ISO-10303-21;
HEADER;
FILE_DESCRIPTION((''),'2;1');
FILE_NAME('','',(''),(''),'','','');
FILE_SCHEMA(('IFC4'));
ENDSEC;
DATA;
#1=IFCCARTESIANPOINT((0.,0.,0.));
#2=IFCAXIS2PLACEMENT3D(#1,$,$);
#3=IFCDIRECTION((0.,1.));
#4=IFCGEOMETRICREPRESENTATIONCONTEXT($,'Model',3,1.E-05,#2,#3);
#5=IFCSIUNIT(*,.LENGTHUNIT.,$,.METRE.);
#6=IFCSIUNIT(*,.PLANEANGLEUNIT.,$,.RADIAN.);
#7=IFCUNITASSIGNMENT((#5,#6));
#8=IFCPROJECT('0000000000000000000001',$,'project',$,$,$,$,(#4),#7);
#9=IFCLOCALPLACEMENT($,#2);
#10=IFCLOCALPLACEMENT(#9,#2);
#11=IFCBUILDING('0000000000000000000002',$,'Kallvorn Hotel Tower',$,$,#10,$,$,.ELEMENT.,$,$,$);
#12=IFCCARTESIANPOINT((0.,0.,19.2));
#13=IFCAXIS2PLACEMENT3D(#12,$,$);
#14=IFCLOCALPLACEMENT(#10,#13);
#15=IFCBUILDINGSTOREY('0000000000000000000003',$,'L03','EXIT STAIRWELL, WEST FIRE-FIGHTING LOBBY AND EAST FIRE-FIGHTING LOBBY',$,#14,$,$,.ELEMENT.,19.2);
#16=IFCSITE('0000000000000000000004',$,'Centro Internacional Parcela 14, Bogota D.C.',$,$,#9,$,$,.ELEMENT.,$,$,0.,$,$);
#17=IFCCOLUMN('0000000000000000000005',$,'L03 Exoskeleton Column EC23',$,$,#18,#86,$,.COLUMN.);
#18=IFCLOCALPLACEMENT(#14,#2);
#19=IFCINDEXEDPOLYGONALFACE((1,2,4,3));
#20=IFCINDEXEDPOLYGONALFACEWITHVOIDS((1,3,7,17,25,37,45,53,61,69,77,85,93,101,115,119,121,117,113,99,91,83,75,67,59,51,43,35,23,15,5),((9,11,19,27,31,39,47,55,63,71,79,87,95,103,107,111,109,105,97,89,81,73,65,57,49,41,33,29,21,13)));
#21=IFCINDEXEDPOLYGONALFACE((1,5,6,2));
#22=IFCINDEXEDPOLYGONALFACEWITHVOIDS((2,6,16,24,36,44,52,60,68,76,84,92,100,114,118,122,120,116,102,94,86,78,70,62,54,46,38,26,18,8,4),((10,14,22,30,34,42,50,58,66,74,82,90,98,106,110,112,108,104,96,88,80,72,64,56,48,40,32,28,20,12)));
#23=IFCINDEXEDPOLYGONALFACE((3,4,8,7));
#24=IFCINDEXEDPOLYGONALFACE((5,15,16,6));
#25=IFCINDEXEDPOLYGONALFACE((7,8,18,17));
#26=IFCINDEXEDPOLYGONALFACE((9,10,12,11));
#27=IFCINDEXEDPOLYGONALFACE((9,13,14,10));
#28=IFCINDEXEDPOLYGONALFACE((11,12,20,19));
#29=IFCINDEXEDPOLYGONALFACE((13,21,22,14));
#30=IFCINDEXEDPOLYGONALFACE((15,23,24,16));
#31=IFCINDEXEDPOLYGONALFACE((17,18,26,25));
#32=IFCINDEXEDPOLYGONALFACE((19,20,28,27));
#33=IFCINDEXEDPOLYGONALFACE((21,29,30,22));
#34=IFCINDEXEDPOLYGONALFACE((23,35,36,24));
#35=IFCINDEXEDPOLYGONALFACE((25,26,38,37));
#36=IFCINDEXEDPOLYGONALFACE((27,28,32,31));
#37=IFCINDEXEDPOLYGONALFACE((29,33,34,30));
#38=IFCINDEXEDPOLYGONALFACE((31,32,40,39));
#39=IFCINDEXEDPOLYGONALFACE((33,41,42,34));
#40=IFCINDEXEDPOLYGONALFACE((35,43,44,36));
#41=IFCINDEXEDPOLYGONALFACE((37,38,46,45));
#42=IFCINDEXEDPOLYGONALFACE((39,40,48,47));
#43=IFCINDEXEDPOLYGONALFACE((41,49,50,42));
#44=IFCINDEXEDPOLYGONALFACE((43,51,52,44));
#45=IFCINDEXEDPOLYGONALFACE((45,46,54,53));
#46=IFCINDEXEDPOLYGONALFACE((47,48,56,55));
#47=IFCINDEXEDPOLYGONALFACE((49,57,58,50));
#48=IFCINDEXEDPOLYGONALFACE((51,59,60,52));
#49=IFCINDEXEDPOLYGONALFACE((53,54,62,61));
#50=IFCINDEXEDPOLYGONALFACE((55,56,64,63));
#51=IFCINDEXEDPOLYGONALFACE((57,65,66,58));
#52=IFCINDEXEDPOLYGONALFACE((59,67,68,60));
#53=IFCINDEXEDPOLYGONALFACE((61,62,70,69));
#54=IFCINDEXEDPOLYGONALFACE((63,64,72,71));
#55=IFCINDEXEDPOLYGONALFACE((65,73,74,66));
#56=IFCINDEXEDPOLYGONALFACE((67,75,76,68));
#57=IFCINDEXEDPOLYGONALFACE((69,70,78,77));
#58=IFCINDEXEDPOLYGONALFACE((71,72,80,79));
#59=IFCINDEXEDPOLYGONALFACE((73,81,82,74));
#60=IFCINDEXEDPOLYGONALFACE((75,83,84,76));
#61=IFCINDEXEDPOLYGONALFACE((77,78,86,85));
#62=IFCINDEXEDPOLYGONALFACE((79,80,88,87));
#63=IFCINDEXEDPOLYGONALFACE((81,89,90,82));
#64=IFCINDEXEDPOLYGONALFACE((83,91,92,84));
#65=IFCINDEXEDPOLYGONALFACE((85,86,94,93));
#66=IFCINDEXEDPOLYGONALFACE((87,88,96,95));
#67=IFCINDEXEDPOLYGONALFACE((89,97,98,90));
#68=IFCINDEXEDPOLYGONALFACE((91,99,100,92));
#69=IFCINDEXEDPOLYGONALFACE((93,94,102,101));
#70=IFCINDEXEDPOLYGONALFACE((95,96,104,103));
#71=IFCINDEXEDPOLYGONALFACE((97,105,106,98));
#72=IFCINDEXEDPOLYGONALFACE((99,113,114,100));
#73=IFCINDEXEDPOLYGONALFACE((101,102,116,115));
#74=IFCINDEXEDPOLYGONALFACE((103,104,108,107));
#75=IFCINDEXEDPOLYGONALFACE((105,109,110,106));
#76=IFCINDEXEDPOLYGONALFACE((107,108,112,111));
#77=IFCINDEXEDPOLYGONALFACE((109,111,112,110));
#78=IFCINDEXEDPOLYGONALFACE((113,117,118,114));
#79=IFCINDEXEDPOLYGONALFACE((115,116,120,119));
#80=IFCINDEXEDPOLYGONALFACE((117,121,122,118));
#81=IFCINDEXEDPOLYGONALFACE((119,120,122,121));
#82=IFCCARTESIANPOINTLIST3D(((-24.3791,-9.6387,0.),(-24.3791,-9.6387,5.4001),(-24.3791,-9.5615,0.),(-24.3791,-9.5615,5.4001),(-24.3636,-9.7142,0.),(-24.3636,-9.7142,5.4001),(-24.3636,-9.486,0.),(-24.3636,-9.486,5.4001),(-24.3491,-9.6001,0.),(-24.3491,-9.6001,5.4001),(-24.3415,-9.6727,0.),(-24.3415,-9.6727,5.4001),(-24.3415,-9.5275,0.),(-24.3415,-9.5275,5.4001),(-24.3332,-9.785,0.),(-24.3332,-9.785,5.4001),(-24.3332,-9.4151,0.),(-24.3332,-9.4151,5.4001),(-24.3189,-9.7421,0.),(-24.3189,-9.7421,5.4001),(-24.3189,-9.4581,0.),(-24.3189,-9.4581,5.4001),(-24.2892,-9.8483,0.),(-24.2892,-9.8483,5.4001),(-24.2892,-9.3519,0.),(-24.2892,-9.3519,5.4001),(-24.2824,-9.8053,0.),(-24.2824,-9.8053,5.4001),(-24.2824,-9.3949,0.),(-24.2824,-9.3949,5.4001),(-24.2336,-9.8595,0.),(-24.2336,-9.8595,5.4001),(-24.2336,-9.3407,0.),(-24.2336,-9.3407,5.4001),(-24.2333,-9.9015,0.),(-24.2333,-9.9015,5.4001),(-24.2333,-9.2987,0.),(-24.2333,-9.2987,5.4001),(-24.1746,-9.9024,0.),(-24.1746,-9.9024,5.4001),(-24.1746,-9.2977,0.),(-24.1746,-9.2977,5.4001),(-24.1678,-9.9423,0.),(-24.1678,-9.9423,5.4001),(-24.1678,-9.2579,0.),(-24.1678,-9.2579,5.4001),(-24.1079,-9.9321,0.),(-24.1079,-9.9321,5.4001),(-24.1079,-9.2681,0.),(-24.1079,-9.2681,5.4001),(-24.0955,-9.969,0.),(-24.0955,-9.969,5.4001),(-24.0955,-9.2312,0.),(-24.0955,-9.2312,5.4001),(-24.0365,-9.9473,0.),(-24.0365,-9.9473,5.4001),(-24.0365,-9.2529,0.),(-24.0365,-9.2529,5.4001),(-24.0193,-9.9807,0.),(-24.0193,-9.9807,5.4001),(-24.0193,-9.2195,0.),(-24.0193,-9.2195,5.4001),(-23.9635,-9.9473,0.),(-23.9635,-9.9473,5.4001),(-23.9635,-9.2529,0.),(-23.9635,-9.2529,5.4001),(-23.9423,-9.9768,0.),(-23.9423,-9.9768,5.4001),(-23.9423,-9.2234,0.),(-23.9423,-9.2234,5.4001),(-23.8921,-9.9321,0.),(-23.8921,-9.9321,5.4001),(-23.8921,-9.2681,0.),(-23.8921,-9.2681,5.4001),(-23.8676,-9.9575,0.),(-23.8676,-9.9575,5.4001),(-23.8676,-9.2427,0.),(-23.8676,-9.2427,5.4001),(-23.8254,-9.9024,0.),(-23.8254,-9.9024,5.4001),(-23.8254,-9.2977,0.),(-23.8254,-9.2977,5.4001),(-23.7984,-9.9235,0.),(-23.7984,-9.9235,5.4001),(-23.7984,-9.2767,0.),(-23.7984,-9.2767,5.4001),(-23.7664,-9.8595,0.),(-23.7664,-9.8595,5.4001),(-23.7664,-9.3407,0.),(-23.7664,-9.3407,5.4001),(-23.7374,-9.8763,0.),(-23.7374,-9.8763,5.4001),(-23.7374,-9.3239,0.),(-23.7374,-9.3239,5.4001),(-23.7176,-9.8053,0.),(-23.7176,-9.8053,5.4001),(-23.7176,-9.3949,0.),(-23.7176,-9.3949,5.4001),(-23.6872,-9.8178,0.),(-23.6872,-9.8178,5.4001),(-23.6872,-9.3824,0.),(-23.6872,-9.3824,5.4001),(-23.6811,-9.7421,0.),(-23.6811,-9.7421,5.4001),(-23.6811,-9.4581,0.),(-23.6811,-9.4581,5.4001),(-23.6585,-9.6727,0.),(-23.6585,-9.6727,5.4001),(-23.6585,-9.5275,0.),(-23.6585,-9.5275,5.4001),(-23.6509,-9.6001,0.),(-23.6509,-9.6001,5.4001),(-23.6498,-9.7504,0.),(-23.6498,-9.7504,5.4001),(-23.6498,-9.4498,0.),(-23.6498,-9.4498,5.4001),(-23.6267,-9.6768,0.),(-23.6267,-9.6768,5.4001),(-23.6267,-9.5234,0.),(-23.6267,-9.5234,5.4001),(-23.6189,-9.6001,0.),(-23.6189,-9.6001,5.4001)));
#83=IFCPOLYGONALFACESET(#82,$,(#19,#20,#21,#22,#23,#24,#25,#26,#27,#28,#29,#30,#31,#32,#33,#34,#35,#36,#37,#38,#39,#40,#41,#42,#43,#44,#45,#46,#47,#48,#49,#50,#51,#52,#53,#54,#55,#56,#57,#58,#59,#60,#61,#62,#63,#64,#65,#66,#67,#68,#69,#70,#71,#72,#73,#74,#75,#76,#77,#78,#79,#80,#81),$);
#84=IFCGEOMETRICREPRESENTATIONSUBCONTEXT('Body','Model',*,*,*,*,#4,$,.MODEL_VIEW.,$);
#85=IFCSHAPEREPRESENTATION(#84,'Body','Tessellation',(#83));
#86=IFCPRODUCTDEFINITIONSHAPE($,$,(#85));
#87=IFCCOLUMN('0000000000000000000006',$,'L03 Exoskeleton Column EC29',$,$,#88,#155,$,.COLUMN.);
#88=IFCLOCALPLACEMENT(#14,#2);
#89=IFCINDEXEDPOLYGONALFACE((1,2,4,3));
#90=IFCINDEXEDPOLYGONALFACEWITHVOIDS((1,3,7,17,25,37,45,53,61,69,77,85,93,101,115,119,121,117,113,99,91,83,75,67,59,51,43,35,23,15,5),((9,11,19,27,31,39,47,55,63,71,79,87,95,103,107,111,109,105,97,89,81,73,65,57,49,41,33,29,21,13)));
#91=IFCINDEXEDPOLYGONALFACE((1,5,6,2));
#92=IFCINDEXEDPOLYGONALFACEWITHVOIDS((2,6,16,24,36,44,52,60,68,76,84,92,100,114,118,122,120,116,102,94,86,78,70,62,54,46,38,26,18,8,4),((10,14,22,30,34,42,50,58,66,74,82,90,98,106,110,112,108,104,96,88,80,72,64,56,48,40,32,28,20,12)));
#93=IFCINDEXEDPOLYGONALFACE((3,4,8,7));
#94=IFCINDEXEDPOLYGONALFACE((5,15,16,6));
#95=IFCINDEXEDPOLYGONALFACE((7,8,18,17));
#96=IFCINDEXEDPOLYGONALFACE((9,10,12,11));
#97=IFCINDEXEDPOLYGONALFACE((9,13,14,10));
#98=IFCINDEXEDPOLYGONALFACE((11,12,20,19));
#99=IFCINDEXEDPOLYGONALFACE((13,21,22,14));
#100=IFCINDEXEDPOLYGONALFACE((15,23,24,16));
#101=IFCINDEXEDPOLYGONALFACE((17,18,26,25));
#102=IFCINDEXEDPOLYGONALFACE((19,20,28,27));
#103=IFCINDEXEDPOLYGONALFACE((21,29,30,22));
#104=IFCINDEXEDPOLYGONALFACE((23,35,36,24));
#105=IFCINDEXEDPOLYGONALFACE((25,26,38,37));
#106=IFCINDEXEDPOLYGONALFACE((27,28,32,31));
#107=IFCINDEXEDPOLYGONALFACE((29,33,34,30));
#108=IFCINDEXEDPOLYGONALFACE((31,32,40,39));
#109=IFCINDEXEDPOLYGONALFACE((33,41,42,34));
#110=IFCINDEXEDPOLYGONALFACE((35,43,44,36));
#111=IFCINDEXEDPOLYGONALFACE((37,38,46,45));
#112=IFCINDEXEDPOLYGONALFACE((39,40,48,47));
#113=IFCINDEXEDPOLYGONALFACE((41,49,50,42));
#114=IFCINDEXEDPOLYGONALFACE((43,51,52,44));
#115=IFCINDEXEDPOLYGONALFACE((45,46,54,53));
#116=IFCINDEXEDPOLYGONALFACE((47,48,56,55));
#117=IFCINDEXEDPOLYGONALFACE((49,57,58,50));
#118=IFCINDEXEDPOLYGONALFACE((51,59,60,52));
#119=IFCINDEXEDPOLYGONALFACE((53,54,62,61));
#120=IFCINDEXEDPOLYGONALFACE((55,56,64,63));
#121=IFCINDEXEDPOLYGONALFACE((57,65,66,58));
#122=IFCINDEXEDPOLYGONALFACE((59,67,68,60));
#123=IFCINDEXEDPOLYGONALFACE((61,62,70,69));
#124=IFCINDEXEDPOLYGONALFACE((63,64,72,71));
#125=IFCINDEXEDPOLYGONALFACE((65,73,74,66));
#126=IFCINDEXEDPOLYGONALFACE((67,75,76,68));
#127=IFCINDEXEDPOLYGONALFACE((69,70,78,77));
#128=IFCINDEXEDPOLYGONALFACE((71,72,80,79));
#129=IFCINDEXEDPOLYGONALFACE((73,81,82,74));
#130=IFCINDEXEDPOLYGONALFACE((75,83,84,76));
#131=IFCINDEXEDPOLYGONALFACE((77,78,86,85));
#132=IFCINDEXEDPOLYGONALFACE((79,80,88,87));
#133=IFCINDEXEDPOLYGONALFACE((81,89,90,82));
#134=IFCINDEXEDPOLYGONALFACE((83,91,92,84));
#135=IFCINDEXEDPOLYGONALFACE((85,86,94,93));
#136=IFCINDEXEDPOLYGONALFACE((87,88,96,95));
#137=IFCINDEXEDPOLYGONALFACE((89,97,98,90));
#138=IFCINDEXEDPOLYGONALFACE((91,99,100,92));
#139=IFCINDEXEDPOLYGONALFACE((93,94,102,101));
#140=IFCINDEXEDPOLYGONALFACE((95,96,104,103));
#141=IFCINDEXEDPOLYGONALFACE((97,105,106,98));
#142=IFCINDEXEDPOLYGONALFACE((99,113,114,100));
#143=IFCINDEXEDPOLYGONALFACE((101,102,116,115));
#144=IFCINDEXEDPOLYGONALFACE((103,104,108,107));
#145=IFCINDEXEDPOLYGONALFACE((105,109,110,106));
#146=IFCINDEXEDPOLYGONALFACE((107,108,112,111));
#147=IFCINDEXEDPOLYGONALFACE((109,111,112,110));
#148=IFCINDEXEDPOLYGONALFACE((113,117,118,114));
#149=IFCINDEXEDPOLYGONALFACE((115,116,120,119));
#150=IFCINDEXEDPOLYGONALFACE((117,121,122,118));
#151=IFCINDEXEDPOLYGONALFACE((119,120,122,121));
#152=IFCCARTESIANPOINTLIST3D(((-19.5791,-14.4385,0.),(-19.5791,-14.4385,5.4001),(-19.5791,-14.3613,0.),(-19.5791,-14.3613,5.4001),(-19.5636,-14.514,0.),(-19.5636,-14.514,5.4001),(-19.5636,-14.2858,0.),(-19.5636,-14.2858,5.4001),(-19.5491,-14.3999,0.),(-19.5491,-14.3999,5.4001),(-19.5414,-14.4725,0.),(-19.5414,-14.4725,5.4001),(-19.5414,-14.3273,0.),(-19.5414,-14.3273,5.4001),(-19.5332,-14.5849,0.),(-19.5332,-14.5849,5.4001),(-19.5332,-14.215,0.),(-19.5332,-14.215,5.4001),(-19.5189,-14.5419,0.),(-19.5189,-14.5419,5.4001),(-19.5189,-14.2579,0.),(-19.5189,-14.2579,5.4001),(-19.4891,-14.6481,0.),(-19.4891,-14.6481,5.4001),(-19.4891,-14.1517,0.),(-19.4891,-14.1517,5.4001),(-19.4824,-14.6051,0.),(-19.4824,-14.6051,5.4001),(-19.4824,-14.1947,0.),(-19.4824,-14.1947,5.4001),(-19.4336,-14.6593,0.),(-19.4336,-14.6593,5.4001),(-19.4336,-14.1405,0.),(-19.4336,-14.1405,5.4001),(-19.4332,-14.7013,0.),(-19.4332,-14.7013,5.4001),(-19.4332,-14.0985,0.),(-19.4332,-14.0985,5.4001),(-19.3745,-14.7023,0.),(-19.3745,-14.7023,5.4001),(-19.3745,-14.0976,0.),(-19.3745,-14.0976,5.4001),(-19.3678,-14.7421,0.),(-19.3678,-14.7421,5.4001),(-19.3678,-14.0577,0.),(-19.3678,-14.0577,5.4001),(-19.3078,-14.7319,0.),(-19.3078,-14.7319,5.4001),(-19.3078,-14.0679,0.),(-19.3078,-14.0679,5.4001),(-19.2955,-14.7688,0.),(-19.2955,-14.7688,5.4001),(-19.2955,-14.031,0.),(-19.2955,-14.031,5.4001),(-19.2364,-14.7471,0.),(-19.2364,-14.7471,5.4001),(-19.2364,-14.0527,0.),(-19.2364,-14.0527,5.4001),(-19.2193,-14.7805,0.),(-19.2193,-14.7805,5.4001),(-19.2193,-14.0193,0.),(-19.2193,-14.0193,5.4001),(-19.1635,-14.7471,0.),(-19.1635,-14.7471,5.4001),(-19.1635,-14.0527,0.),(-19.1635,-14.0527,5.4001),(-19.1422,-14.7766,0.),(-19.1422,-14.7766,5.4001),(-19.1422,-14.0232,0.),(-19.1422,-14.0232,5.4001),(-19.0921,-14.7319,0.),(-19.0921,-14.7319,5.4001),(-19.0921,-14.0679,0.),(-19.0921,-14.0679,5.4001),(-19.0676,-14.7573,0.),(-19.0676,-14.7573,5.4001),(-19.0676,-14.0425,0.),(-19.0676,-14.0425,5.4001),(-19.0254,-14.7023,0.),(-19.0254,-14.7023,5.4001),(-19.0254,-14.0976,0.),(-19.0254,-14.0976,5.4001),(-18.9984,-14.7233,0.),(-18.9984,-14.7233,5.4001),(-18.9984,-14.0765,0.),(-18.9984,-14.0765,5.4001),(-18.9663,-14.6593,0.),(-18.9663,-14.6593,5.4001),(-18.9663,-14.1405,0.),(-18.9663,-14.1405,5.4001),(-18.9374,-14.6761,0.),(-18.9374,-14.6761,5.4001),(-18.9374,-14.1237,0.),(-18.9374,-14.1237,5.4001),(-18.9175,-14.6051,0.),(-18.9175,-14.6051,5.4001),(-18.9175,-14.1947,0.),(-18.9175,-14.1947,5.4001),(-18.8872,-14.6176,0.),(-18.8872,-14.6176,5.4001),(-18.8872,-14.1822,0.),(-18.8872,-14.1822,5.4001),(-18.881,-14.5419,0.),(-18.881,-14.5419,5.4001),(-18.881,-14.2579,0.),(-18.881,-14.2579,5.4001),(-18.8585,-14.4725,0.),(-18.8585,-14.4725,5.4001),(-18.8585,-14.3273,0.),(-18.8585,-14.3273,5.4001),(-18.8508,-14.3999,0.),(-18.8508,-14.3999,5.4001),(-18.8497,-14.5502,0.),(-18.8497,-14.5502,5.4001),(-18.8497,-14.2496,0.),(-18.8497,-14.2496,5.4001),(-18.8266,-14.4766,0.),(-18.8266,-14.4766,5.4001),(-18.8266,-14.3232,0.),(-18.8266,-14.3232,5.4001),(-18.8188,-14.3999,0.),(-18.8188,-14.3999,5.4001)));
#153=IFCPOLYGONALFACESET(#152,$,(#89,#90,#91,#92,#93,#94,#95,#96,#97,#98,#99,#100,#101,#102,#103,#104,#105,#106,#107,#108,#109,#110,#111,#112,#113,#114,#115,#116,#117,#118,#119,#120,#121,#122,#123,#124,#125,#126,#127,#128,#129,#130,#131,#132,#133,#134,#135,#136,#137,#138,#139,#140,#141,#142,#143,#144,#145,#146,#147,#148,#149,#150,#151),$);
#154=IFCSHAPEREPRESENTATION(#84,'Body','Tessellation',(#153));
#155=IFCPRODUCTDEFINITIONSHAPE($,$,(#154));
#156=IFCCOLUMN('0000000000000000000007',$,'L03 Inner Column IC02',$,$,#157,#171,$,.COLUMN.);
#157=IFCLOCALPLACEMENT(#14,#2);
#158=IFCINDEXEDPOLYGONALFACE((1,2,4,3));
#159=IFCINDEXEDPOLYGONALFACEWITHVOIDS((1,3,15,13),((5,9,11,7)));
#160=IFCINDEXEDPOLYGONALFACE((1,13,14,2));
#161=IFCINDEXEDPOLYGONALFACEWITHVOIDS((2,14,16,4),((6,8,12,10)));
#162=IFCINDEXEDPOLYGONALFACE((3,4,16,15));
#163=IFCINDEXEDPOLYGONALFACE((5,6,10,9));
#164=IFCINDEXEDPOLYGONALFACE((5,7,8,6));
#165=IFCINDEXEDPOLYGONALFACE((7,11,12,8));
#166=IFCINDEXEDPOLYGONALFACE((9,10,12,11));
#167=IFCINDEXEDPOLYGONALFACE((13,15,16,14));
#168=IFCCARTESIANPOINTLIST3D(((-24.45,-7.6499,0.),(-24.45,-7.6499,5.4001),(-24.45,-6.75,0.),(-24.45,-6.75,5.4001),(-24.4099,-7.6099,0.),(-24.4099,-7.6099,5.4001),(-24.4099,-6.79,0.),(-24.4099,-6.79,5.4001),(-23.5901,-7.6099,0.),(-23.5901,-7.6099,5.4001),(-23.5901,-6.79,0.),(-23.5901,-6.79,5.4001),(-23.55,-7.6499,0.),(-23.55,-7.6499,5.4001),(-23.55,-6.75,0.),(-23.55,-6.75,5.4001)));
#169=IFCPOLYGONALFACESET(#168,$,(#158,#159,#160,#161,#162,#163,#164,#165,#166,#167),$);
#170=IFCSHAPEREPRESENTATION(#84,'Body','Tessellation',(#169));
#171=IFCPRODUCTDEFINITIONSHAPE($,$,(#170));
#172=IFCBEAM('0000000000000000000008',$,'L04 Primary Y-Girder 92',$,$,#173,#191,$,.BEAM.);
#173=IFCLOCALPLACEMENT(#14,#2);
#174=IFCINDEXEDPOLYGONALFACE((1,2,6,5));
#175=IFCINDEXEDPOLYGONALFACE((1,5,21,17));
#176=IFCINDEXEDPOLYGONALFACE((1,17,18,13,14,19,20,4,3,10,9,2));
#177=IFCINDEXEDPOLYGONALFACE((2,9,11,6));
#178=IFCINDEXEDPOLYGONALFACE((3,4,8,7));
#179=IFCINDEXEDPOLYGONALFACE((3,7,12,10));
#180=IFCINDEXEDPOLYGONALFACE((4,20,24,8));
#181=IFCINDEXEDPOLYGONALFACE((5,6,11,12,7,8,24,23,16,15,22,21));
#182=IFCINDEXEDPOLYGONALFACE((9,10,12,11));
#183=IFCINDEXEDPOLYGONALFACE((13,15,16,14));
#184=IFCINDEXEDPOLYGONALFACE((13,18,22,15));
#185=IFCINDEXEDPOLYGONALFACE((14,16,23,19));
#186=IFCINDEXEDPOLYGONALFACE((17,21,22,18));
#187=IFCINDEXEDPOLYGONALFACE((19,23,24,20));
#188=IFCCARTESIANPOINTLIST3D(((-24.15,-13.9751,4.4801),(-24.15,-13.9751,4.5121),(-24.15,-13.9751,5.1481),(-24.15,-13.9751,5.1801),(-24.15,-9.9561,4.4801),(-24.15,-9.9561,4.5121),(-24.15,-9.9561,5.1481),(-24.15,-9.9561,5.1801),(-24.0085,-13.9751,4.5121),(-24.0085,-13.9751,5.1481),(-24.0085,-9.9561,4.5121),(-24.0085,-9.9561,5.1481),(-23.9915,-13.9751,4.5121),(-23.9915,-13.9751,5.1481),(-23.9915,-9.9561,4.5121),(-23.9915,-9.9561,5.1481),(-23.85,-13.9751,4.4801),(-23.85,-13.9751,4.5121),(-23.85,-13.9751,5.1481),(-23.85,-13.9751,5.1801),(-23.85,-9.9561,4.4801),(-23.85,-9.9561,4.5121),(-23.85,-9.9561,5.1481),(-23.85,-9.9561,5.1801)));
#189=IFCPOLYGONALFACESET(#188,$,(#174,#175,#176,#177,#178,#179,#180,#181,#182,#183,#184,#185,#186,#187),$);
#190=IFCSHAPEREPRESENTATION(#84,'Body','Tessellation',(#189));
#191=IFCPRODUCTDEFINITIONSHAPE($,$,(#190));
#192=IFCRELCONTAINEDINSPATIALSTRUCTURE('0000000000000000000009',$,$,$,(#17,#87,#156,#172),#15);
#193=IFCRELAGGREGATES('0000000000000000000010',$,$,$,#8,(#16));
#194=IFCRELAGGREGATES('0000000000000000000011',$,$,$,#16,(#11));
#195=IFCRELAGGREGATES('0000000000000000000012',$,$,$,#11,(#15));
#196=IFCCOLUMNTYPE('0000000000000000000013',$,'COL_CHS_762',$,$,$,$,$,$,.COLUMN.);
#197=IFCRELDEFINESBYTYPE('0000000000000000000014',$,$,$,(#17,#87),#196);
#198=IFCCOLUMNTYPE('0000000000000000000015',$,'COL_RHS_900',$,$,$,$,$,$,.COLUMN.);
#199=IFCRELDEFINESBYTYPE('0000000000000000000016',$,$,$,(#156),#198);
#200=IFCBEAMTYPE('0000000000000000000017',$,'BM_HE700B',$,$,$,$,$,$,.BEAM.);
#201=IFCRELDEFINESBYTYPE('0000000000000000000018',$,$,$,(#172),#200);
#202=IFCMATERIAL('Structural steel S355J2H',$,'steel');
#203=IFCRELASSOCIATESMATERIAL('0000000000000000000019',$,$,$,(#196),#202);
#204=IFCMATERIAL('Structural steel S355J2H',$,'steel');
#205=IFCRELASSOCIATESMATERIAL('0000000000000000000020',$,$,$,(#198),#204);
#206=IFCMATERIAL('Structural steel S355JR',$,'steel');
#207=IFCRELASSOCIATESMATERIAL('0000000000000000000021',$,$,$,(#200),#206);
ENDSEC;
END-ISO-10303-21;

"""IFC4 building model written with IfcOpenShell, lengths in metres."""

from ifc_helpers import new_model, si_unit, direction, frame, origin, origin_2d, place, context, subcontext, project, spatial, hollow_rectangle, hollow_circle, i_section, extrude, material, material_profile, profile_set, type_object, element, save


model = new_model("IFC4")

# Units and contexts
model_context = context("Model", 3, precision=1e-05, world=origin(), true_north=direction((0.0, 1.0)))
body_context = subcontext(model_context, "Body", "Model", "MODEL_VIEW")
ifc_project = project(units=[si_unit("LENGTHUNIT", "METRE"), si_unit("PLANEANGLEUNIT", "RADIAN")], contexts=[model_context])

# Site, building, storey
site_placement = place(None, origin())
site = spatial("IfcSite", under=ifc_project, at=site_placement, Name="Centro Internacional Parcela 14, Bogota D.C.", CompositionType="ELEMENT", RefElevation=0.0)
building_placement = place(site_placement, origin())
building = spatial("IfcBuilding", under=site, at=building_placement, Name="Kallvorn Hotel Tower", CompositionType="ELEMENT")
storey_placement = place(building_placement, frame((0.0, 0.0, 19.2)))
storey = spatial("IfcBuildingStorey", under=building, at=storey_placement, Name="L03", Description="EXIT STAIRWELL, WEST FIRE-FIGHTING LOBBY AND EAST FIRE-FIGHTING LOBBY", CompositionType="ELEMENT", Elevation=19.2)

# Columns
ifc_material_1 = material(Name="Structural steel S355J2H", Category="steel")
ifc_material_profile_1 = material_profile(ifc_material_1, hollow_circle(Radius=0.3811, WallThickness=0.032, at=origin_2d()), Name="CHS 762x32")
ifc_profile_set_1 = profile_set([ifc_material_profile_1], Name="Structural steel S355J2H")
column_type_1 = type_object("IfcColumnType", Name="COL_CHS_762", PredefinedType="COLUMN", material=ifc_profile_set_1)
for number, where, z_axis, x_axis, name in (
    (1, (-24.0, -9.6001, 0.0), (0.0, 0.0, 1.0), (1.0, 0.0, 0.0), "L03 Exoskeleton Column EC23"),
    (2, (-19.2, -14.3999, 0.0), (0.0, 0.0, 1.0), (1.0, 0.0, 0.0), "L03 Exoskeleton Column EC29"),
):
    element("IfcColumn", number, at=place(storey_placement, frame(where, z_axis=z_axis, x_axis=x_axis)), inside=storey, type_object=column_type_1, Name=name, PredefinedType="COLUMN", context=body_context, shape_type="SweptSolid", body=[
        extrude(hollow_circle(Radius=0.3811, WallThickness=0.032, at=origin_2d()), origin(), (0.0, 0.0, 1.0), 5.4001),
    ])
ifc_material_2 = material(Name="Structural steel S355J2H", Category="steel")
ifc_material_profile_2 = material_profile(ifc_material_2, hollow_rectangle(XDim=0.8999, YDim=0.8999, WallThickness=0.04, at=origin_2d()), Name="RHS 900x900x40")
ifc_profile_set_2 = profile_set([ifc_material_profile_2], Name="Structural steel S355J2H")
column_type_2 = type_object("IfcColumnType", Name="COL_RHS_900", PredefinedType="COLUMN", material=ifc_profile_set_2)
column_placement = place(storey_placement, frame((-24.0, -7.2, 0.0), z_axis=(0.0, 0.0, 1.0), x_axis=(1.0, 0.0, 0.0)))
element("IfcColumn", 3, at=column_placement, inside=storey, type_object=column_type_2, Name="L03 Inner Column IC02", PredefinedType="COLUMN", context=body_context, shape_type="SweptSolid", body=[
    extrude(hollow_rectangle(XDim=0.8999, YDim=0.8999, WallThickness=0.04, at=origin_2d()), origin(), (0.0, 0.0, 1.0), 5.4001),
])

# Beam
ifc_material_3 = material(Name="Structural steel S355JR", Category="steel")
ifc_material_profile_3 = material_profile(ifc_material_3, i_section(OverallWidth=0.3, OverallDepth=0.7, WebThickness=0.0171, FlangeThickness=0.032, at=origin_2d()), Name="HE 700 B")
ifc_profile_set_3 = profile_set([ifc_material_profile_3], Name="Structural steel S355JR")
beam_type_1 = type_object("IfcBeamType", Name="BM_HE700B", PredefinedType="BEAM", material=ifc_profile_set_3)
beam_1_placement = place(storey_placement, frame((-24.0, -13.9751, 4.8301), z_axis=(0.0, 1.0, 0.0), x_axis=(-1.0, 0.0, 0.0)))
element("IfcBeam", 4, at=beam_1_placement, inside=storey, type_object=beam_type_1, Name="L04 Primary Y-Girder 92", PredefinedType="BEAM", context=body_context, shape_type="SweptSolid", body=[
    extrude(i_section(OverallWidth=0.3, OverallDepth=0.7, WebThickness=0.0171, FlangeThickness=0.032, at=origin_2d()), origin(), (0.0, 0.0, 1.0), 4.019),
])

save(model, "model.ifc")
